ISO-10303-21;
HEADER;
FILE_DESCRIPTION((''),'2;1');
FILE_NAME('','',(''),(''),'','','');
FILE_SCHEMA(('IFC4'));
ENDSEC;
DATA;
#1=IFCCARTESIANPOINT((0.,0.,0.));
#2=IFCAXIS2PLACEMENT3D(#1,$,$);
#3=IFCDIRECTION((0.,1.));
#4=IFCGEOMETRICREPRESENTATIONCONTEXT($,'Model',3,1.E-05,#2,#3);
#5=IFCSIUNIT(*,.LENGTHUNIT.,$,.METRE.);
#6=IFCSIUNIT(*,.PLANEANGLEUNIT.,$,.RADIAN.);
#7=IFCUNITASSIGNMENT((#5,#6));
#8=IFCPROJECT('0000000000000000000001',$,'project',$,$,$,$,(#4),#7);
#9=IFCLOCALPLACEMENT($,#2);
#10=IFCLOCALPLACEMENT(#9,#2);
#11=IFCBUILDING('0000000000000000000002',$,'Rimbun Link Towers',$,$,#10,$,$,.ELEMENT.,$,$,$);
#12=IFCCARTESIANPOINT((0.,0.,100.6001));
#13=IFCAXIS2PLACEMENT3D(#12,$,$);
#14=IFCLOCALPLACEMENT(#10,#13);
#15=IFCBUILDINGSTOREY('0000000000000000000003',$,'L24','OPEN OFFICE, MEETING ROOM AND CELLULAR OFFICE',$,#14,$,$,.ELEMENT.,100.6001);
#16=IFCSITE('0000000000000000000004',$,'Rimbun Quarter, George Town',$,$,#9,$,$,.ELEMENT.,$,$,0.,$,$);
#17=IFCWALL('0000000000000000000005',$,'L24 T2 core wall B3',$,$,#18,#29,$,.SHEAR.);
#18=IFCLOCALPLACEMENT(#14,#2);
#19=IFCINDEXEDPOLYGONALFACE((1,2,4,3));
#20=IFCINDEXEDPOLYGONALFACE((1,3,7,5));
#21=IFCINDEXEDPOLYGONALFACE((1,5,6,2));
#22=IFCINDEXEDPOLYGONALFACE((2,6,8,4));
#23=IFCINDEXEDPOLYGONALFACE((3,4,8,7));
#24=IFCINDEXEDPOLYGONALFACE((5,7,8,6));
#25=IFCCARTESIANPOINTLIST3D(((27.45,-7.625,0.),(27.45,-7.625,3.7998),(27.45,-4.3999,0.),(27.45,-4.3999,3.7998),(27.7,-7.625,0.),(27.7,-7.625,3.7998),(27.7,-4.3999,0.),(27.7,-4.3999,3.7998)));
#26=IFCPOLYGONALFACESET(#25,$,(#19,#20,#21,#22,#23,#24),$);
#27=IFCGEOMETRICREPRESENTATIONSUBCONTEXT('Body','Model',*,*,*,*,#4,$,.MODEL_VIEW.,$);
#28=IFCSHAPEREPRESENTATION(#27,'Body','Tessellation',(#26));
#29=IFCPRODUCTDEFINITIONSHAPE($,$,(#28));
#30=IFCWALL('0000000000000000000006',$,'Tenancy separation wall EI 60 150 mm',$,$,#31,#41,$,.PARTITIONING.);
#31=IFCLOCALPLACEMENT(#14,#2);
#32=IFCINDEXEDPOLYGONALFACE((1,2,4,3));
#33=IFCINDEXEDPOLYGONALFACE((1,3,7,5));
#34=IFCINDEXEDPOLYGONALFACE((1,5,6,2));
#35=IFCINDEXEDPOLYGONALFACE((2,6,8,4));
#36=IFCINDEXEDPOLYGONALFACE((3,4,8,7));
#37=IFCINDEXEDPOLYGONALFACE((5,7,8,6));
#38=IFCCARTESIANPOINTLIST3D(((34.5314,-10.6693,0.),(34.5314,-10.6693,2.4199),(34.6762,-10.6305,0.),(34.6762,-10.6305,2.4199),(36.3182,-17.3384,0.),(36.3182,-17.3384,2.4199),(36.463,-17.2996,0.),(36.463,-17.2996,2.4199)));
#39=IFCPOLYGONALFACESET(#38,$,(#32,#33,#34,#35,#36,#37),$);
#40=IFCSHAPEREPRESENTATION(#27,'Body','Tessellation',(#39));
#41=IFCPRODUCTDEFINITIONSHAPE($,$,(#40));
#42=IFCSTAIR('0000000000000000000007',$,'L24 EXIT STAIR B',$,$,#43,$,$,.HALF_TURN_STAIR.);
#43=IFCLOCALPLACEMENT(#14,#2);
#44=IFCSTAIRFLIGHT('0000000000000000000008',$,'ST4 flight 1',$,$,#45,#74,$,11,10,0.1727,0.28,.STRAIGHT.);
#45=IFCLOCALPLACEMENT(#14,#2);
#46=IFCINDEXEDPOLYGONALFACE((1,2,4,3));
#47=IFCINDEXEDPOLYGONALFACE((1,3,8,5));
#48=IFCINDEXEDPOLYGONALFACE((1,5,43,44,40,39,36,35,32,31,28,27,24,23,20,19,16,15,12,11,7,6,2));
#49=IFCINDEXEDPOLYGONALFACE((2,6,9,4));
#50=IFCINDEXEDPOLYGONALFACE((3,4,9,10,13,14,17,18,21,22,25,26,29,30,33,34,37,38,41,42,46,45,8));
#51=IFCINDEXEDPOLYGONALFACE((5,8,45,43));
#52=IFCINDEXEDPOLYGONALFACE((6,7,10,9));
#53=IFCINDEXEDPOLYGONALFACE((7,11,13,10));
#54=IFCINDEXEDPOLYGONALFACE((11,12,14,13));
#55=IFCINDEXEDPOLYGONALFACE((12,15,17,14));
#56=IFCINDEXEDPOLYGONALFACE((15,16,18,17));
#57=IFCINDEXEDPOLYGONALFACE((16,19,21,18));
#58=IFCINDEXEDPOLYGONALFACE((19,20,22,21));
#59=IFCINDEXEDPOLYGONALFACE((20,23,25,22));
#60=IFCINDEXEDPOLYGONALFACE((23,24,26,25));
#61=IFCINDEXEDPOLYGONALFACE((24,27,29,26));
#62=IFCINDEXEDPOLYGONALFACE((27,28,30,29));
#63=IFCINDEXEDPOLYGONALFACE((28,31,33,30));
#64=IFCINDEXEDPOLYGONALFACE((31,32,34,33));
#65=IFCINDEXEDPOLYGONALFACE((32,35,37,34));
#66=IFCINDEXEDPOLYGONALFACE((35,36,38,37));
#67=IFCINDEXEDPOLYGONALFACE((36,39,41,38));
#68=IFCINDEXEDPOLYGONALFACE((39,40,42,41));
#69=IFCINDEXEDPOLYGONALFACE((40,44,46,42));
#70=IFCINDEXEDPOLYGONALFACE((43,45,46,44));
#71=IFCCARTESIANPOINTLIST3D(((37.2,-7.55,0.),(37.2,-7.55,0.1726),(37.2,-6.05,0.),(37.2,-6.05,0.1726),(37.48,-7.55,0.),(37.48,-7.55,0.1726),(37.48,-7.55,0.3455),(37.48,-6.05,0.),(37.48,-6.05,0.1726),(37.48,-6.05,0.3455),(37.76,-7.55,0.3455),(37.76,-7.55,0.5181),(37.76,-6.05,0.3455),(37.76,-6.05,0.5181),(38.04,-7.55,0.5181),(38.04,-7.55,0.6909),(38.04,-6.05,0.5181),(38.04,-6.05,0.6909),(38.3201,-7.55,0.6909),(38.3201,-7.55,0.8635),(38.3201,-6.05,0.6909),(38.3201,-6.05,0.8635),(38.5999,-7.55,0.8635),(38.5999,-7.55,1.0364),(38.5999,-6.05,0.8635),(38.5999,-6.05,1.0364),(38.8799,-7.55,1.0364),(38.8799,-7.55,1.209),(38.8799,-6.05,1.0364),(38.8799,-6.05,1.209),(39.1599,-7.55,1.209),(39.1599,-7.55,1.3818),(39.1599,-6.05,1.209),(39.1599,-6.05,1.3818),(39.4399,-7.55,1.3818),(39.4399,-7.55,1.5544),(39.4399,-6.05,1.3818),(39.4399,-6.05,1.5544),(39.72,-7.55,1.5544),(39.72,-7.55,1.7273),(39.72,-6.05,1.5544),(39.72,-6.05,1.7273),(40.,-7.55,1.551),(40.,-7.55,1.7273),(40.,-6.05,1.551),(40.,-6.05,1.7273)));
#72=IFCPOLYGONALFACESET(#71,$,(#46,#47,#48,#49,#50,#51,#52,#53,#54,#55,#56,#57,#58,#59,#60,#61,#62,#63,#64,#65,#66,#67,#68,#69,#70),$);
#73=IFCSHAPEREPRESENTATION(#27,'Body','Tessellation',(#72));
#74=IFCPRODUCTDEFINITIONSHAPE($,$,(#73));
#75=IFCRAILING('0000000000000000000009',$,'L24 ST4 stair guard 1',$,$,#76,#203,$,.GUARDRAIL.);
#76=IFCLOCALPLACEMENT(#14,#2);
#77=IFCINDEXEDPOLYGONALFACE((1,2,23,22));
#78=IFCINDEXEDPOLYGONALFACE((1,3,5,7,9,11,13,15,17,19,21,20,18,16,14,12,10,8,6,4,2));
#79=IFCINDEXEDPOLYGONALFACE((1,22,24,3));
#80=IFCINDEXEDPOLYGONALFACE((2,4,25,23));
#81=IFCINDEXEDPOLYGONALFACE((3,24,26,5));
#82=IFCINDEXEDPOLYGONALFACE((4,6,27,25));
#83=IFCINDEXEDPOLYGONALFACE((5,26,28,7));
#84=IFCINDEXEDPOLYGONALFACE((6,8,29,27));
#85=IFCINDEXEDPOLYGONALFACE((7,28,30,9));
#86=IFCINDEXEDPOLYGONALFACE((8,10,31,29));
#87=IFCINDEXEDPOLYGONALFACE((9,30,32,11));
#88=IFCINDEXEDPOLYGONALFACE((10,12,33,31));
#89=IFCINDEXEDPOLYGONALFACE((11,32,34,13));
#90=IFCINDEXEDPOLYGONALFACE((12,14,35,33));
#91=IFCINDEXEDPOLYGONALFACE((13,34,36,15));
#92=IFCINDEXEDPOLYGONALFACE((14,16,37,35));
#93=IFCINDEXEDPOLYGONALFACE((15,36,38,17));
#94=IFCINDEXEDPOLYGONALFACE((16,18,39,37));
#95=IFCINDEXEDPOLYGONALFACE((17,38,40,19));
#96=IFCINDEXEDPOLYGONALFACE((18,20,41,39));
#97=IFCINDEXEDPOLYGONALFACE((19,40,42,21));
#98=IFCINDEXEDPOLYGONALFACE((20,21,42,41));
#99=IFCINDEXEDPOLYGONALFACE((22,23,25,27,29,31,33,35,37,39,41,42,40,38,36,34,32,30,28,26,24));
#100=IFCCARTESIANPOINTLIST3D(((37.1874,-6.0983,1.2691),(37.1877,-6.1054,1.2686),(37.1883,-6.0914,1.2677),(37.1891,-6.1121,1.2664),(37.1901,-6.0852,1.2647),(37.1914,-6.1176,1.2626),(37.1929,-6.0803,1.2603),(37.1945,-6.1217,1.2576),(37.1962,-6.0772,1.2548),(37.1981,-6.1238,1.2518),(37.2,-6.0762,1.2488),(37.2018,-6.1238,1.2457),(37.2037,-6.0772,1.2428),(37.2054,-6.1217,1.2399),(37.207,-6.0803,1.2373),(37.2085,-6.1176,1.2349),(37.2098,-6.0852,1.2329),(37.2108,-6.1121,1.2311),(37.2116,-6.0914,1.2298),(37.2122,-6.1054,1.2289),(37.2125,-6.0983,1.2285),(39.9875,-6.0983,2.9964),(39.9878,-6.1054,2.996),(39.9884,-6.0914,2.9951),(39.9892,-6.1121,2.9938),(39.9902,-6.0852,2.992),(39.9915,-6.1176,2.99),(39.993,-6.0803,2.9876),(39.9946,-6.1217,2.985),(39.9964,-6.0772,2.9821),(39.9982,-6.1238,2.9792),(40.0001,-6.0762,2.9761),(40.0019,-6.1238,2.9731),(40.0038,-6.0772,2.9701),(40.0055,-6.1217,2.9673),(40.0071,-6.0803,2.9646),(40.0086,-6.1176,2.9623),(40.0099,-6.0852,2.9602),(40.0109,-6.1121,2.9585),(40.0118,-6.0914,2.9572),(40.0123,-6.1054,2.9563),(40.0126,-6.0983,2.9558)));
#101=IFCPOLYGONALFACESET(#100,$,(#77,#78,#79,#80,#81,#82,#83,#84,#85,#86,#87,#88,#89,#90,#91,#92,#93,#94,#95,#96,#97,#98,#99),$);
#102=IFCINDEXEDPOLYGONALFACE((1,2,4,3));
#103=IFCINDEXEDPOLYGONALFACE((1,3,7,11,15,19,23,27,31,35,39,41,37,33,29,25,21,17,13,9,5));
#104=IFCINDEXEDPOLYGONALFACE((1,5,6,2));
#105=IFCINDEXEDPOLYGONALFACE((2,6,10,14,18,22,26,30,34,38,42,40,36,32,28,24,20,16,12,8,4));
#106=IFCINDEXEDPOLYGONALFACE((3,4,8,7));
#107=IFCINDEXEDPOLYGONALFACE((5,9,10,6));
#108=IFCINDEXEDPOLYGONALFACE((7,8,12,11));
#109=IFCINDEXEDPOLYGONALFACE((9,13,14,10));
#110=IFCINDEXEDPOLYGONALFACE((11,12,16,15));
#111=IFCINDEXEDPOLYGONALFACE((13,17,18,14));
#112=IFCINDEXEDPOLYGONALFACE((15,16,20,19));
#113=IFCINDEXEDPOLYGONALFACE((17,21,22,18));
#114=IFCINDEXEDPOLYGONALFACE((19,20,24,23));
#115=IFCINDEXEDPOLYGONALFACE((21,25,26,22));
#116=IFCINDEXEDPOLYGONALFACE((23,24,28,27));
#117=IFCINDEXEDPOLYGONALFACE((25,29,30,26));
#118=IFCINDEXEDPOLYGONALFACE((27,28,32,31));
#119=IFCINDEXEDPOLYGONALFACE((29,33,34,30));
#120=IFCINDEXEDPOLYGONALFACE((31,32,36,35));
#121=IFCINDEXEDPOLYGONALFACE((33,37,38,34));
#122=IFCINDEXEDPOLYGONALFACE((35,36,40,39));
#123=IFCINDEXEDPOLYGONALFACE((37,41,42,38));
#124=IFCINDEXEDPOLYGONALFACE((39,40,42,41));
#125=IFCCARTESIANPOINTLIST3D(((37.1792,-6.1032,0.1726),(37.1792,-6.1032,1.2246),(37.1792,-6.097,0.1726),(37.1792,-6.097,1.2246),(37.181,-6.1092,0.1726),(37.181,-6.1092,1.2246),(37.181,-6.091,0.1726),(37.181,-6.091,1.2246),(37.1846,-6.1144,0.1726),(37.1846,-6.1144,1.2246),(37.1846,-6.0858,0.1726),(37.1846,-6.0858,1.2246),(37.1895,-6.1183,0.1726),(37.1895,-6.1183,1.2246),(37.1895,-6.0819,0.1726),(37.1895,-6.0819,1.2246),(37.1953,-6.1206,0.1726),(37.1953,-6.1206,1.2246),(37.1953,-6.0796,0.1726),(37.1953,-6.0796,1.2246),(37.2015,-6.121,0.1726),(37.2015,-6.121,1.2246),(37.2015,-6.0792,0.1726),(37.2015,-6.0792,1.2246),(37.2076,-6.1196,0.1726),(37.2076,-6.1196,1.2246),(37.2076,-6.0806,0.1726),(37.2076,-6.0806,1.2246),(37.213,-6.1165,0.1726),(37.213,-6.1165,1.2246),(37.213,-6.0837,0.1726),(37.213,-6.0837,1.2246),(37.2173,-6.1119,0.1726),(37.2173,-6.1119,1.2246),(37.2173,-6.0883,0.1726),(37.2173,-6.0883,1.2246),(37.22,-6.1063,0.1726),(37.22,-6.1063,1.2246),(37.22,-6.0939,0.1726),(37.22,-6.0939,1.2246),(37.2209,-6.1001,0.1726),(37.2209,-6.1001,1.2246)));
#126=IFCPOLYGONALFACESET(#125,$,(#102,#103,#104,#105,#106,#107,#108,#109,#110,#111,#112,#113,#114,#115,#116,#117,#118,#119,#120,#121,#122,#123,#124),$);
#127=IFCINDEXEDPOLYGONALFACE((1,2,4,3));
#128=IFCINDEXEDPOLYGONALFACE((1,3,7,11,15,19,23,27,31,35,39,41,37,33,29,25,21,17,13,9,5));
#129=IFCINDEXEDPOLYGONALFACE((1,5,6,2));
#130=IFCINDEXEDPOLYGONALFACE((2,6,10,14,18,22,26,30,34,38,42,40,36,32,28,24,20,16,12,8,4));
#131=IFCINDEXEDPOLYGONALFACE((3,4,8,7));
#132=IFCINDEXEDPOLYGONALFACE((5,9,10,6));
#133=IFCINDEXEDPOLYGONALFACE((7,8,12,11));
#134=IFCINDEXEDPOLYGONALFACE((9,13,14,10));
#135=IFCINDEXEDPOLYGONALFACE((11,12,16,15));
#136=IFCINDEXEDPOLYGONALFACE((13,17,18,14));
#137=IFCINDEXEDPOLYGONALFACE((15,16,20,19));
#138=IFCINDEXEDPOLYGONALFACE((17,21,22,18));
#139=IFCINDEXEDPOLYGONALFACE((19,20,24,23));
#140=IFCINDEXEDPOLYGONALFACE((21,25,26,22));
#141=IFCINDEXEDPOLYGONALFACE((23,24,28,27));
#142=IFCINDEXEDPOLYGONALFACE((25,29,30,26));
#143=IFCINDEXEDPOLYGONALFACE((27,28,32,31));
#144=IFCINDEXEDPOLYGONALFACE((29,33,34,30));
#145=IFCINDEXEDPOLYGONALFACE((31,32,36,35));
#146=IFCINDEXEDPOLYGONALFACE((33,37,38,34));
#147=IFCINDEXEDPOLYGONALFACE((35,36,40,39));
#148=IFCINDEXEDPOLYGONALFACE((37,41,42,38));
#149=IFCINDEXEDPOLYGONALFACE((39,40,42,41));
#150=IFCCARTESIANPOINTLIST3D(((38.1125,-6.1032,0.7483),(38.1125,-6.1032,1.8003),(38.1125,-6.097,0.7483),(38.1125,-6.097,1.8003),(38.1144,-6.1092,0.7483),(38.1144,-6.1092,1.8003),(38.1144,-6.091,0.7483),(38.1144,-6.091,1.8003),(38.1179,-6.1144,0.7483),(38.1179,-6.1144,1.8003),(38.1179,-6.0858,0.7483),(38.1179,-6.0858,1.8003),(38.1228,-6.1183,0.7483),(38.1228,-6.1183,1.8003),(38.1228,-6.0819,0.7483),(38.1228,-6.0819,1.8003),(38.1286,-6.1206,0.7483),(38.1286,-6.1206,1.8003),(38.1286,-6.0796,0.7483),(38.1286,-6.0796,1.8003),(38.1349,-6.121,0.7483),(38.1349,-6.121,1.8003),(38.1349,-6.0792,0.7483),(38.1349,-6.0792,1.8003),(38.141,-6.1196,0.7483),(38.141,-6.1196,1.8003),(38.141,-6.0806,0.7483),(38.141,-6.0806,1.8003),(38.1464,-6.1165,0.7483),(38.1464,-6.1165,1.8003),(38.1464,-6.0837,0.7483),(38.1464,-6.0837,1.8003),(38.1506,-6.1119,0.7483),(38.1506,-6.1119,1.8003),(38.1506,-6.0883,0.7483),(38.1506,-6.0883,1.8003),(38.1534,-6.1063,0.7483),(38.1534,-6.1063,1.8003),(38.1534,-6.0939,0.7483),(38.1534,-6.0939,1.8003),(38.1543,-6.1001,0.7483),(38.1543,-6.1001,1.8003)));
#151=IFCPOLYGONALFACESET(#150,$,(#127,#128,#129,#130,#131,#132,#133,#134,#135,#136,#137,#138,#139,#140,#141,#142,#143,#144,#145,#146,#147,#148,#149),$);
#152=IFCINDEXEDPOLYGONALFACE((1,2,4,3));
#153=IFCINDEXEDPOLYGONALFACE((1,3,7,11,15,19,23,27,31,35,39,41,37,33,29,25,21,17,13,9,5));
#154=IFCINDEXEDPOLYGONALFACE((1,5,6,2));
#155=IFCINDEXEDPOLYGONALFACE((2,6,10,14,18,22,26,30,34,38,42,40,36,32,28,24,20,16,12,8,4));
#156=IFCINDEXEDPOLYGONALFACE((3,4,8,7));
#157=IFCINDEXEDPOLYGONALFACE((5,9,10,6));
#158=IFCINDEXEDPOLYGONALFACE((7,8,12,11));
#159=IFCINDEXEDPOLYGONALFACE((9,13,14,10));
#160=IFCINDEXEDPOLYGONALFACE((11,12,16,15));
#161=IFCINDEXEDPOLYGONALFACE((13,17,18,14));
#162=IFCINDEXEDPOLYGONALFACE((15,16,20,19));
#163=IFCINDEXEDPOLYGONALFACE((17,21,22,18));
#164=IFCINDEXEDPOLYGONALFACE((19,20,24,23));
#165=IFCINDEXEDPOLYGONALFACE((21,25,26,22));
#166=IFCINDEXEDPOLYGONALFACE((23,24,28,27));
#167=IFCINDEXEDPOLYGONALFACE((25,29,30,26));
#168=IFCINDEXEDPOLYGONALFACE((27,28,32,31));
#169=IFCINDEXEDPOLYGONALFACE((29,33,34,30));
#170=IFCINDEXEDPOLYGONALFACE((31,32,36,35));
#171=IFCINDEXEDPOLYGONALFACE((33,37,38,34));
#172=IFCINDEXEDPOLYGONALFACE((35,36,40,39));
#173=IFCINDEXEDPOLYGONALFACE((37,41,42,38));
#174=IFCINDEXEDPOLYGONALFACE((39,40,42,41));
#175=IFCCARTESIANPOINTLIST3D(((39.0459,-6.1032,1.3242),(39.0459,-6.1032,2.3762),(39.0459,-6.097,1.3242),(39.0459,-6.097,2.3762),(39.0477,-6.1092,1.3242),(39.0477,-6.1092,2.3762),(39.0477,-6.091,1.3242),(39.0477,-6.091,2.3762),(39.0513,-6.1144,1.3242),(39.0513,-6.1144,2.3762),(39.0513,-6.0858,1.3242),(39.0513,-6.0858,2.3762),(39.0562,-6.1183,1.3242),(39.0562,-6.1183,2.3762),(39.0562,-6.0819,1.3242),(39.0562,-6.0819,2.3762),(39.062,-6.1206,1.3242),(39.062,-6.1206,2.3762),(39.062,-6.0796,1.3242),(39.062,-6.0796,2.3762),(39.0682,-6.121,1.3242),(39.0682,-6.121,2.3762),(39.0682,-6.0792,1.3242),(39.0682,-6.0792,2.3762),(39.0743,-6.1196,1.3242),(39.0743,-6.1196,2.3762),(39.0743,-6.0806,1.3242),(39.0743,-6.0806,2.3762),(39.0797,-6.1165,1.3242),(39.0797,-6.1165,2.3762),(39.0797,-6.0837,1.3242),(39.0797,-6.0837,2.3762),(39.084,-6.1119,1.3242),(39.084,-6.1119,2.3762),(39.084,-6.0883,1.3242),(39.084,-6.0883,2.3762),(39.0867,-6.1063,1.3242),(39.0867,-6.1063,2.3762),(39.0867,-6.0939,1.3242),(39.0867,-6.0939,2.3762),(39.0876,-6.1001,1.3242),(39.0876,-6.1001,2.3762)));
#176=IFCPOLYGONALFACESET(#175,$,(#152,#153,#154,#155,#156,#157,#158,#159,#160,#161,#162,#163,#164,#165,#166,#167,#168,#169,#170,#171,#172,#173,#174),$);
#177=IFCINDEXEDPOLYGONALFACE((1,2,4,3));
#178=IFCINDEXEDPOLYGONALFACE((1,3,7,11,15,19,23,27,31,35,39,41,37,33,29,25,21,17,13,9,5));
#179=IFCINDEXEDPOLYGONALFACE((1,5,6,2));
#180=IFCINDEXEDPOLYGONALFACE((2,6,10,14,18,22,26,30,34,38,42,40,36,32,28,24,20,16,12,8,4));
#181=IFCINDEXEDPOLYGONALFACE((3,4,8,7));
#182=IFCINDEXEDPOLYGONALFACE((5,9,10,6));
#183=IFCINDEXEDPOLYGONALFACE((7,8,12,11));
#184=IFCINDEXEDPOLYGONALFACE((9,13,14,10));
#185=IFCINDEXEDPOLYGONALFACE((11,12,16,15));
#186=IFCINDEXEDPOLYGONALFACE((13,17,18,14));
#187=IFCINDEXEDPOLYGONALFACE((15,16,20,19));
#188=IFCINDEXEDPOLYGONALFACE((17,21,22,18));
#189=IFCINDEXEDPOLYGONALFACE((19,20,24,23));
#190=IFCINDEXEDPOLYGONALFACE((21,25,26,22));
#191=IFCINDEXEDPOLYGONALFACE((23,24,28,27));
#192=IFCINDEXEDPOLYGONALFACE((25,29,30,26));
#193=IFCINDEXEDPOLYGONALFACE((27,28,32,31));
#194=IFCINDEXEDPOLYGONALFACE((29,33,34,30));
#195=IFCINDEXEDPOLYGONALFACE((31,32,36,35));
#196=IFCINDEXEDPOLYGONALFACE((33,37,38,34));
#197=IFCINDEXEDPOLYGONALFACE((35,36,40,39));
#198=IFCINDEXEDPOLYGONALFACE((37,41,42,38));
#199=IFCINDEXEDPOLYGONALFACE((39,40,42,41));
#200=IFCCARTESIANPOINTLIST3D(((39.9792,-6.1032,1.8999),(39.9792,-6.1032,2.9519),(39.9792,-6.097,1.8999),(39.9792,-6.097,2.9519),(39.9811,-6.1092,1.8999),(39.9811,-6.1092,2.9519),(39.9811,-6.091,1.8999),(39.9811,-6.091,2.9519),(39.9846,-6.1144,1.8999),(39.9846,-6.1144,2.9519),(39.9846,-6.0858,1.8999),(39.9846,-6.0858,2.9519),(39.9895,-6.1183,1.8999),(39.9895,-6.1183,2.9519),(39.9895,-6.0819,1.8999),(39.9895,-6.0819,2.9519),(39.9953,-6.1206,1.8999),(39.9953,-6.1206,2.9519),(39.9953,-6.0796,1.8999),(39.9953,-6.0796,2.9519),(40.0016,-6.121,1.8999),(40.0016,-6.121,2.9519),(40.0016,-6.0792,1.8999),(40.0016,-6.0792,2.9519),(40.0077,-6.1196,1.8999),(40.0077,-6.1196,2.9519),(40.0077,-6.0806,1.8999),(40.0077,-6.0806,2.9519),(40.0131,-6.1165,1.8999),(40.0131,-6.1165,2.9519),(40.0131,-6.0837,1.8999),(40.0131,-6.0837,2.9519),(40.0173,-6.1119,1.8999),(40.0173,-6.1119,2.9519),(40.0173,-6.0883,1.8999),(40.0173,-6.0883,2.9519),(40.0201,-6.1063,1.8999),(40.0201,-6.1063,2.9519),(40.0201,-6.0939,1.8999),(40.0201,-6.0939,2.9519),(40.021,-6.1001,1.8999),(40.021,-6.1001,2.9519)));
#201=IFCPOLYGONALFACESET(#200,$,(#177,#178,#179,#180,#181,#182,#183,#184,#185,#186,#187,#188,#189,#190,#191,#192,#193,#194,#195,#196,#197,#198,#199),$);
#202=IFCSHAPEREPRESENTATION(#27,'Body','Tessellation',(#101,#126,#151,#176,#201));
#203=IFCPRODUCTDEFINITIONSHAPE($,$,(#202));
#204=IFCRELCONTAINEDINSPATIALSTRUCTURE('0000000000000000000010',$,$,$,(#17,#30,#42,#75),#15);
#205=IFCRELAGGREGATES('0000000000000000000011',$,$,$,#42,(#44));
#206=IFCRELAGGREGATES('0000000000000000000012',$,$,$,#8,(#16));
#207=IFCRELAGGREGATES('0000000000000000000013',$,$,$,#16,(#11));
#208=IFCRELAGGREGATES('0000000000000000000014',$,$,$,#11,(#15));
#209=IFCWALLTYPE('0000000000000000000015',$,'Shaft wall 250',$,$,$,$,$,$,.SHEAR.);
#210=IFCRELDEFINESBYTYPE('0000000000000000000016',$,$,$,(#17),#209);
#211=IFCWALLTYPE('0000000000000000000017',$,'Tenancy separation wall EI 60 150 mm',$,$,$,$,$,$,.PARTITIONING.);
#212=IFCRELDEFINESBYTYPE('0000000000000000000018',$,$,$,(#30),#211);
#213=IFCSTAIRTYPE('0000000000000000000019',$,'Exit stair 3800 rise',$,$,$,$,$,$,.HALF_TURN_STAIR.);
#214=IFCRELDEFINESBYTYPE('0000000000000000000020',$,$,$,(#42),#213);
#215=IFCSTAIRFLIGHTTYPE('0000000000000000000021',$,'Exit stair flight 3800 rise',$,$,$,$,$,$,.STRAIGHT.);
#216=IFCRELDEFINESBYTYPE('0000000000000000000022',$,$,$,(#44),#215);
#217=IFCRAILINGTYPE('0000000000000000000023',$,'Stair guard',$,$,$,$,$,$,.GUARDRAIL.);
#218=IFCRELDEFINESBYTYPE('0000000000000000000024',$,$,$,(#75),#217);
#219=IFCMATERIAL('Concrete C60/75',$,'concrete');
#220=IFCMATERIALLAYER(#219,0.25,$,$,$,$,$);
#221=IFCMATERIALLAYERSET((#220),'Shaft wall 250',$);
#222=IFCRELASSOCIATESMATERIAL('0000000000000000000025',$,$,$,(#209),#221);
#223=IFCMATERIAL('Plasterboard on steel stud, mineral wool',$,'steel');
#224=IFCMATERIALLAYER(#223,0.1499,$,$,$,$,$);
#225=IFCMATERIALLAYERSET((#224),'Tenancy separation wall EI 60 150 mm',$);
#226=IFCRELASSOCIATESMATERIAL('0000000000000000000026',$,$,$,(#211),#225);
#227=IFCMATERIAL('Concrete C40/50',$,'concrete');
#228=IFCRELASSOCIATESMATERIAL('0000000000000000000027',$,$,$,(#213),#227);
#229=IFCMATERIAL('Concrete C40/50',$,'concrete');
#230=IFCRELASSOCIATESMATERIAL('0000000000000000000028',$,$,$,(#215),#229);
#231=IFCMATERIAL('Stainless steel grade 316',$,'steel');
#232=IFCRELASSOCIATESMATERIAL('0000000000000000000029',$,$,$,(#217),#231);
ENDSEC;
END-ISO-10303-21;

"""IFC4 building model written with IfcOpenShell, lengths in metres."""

from ifc_helpers import new_model, si_unit, direction, frame, frame_2d, origin, origin_2d, place, context, subcontext, project, spatial, polyline, rectangle, circle, outline, extrude, material, layer, layer_set, type_object, element, aggregate, save


model = new_model("IFC4")

# Units and contexts
model_context = context("Model", 3, precision=1e-05, world=origin(), true_north=direction((0.0, 1.0)))
body_context = subcontext(model_context, "Body", "Model", "MODEL_VIEW")
ifc_project = project(units=[si_unit("LENGTHUNIT", "METRE"), si_unit("PLANEANGLEUNIT", "RADIAN")], contexts=[model_context])

# Site, building, storey
site_placement = place(None, origin())
site = spatial("IfcSite", under=ifc_project, at=site_placement, Name="Rimbun Quarter, George Town", CompositionType="ELEMENT", RefElevation=0.0)
building_placement = place(site_placement, origin())
building = spatial("IfcBuilding", under=site, at=building_placement, Name="Rimbun Link Towers", CompositionType="ELEMENT")
storey_placement = place(building_placement, frame((0.0, 0.0, 100.6001)))
storey = spatial("IfcBuildingStorey", under=building, at=storey_placement, Name="L24", Description="OPEN OFFICE, MEETING ROOM AND CELLULAR OFFICE", CompositionType="ELEMENT", Elevation=100.6001)

# Shared definitions
ifc_material_1 = material(Name="Concrete C60/75", Category="concrete")
ifc_layer_1 = layer(ifc_material_1, 0.25)
ifc_layer_set_1 = layer_set([ifc_layer_1], Name="Shaft wall 250")
wall_type_1 = type_object("IfcWallType", Name="Shaft wall 250", PredefinedType="SHEAR", material=ifc_layer_set_1)

# Walls
wall_1_placement = place(storey_placement, frame((27.575, -4.3999, 0.0), z_axis=(0.0, 0.0, 1.0), x_axis=(0.0, -1.0, 0.0)))
element("IfcWall", 1, at=wall_1_placement, inside=storey, type_object=wall_type_1, Name="L24 T2 core wall B3", PredefinedType="SHEAR", context=body_context, shape_type="SweptSolid", body=[
    extrude(rectangle(XDim=3.2251, YDim=0.25, at=frame_2d((1.6125, 0.0))), origin(), (0.0, 0.0, 1.0), 3.7998),
])
ifc_material_2 = material(Name="Plasterboard on steel stud, mineral wool", Category="steel")
ifc_layer_2 = layer(ifc_material_2, 0.1499)
ifc_layer_set_2 = layer_set([ifc_layer_2], Name="Tenancy separation wall EI 60 150 mm")
wall_type_2 = type_object("IfcWallType", Name="Tenancy separation wall EI 60 150 mm", PredefinedType="PARTITIONING", material=ifc_layer_set_2)
wall_2_placement = place(storey_placement, frame((34.6038, -10.6499, 0.0), z_axis=(0.0, 0.0, 1.0), x_axis=(0.2588, -0.965931, 0.0)))
element("IfcWall", 2, at=wall_2_placement, inside=storey, type_object=wall_type_2, Name="Tenancy separation wall EI 60 150 mm", PredefinedType="PARTITIONING", context=body_context, shape_type="SweptSolid", body=[
    extrude(rectangle(XDim=6.9043, YDim=0.1499, at=frame_2d((3.4521, 0.0))), origin(), (0.0, 0.0, 1.0), 2.4199),
])

# Stair, stair flight
ifc_material_3 = material(Name="Concrete C40/50", Category="concrete")
stair_type = type_object("IfcStairType", Name="Exit stair 3800 rise", PredefinedType="HALF_TURN_STAIR", material=ifc_material_3)
stair_placement = place(storey_placement, origin())
stair = element("IfcStair", 3, at=stair_placement, inside=storey, type_object=stair_type, Name="L24 EXIT STAIR B", PredefinedType="HALF_TURN_STAIR")
ifc_material_4 = material(Name="Concrete C40/50", Category="concrete")
stair_flight_type = type_object("IfcStairFlightType", Name="Exit stair flight 3800 rise", PredefinedType="STRAIGHT", material=ifc_material_4)
stair_flight_placement = place(storey_placement, frame((37.2, -6.8, 0.0), z_axis=(0.0, 0.0, 1.0), x_axis=(1.0, 0.0, 0.0)))
stair_flight = element("IfcStairFlight", 4, at=stair_flight_placement, type_object=stair_flight_type, Name="ST4 flight 1", NumberOfRisers=11, NumberOfTreads=10, PredefinedType="STRAIGHT", RiserHeight=0.1727, TreadLength=0.28, context=body_context, shape_type="SweptSolid", body=[
    extrude(outline(polyline([(0.0, 0.0), (0.0, 0.1726), (0.28, 0.1726), (0.28, 0.3455), (0.5601, 0.3455), (0.5601, 0.5181), (0.8401, 0.5181), (0.8401, 0.6909), (1.1201, 0.6909), (1.1201, 0.8635), (1.3999, 0.8635), (1.3999, 1.0364), (1.6799, 1.0364), (1.6799, 1.209), (1.96, 1.209), (1.96, 1.3818), (2.24, 1.3818), (2.24, 1.5544), (2.52, 1.5544), (2.52, 1.7273), (2.8, 1.7273), (2.8, 1.8999), (2.8, 1.551), (0.28, 0.0), (0.0, 0.0)])), frame((0.0, 0.75, 0.0), z_axis=(0.0, -1.0, 0.0), x_axis=(1.0, 0.0, 0.0)), (0.0, 0.0, 1.0), 1.5),
])
aggregate(stair, [stair_flight])

# Railing
ifc_material_5 = material(Name="Stainless steel grade 316", Category="steel")
railing_type_1 = type_object("IfcRailingType", Name="Stair guard", PredefinedType="GUARDRAIL", material=ifc_material_5)
railing_1_placement = place(storey_placement, frame((37.2, -6.1001, 0.1726)))
element("IfcRailing", 5, at=railing_1_placement, inside=storey, type_object=railing_type_1, Name="L24 ST4 stair guard 1", PredefinedType="GUARDRAIL", context=body_context, shape_type="SweptSolid", body=[
    extrude(circle(Radius=0.0239, at=origin_2d()), frame((0.0, 0.0, 1.0762), z_axis=(0.85109, 0.0, 0.52502), x_axis=(0.0, 1.0, 0.0)), (0.0, 0.0, 1.0), 3.29),
    extrude(circle(Radius=0.021, at=origin_2d()), origin(), (0.0, 0.0, 1.0), 1.052),
    extrude(circle(Radius=0.021, at=origin_2d()), frame((0.9333, 0.0, 0.5757)), (0.0, 0.0, 1.0), 1.052),
    extrude(circle(Radius=0.021, at=origin_2d()), frame((1.8667, 0.0, 1.1516)), (0.0, 0.0, 1.0), 1.052),
    extrude(circle(Radius=0.021, at=origin_2d()), frame((2.8, 0.0, 1.7273)), (0.0, 0.0, 1.0), 1.052),
])

save(model, "model.ifc")
